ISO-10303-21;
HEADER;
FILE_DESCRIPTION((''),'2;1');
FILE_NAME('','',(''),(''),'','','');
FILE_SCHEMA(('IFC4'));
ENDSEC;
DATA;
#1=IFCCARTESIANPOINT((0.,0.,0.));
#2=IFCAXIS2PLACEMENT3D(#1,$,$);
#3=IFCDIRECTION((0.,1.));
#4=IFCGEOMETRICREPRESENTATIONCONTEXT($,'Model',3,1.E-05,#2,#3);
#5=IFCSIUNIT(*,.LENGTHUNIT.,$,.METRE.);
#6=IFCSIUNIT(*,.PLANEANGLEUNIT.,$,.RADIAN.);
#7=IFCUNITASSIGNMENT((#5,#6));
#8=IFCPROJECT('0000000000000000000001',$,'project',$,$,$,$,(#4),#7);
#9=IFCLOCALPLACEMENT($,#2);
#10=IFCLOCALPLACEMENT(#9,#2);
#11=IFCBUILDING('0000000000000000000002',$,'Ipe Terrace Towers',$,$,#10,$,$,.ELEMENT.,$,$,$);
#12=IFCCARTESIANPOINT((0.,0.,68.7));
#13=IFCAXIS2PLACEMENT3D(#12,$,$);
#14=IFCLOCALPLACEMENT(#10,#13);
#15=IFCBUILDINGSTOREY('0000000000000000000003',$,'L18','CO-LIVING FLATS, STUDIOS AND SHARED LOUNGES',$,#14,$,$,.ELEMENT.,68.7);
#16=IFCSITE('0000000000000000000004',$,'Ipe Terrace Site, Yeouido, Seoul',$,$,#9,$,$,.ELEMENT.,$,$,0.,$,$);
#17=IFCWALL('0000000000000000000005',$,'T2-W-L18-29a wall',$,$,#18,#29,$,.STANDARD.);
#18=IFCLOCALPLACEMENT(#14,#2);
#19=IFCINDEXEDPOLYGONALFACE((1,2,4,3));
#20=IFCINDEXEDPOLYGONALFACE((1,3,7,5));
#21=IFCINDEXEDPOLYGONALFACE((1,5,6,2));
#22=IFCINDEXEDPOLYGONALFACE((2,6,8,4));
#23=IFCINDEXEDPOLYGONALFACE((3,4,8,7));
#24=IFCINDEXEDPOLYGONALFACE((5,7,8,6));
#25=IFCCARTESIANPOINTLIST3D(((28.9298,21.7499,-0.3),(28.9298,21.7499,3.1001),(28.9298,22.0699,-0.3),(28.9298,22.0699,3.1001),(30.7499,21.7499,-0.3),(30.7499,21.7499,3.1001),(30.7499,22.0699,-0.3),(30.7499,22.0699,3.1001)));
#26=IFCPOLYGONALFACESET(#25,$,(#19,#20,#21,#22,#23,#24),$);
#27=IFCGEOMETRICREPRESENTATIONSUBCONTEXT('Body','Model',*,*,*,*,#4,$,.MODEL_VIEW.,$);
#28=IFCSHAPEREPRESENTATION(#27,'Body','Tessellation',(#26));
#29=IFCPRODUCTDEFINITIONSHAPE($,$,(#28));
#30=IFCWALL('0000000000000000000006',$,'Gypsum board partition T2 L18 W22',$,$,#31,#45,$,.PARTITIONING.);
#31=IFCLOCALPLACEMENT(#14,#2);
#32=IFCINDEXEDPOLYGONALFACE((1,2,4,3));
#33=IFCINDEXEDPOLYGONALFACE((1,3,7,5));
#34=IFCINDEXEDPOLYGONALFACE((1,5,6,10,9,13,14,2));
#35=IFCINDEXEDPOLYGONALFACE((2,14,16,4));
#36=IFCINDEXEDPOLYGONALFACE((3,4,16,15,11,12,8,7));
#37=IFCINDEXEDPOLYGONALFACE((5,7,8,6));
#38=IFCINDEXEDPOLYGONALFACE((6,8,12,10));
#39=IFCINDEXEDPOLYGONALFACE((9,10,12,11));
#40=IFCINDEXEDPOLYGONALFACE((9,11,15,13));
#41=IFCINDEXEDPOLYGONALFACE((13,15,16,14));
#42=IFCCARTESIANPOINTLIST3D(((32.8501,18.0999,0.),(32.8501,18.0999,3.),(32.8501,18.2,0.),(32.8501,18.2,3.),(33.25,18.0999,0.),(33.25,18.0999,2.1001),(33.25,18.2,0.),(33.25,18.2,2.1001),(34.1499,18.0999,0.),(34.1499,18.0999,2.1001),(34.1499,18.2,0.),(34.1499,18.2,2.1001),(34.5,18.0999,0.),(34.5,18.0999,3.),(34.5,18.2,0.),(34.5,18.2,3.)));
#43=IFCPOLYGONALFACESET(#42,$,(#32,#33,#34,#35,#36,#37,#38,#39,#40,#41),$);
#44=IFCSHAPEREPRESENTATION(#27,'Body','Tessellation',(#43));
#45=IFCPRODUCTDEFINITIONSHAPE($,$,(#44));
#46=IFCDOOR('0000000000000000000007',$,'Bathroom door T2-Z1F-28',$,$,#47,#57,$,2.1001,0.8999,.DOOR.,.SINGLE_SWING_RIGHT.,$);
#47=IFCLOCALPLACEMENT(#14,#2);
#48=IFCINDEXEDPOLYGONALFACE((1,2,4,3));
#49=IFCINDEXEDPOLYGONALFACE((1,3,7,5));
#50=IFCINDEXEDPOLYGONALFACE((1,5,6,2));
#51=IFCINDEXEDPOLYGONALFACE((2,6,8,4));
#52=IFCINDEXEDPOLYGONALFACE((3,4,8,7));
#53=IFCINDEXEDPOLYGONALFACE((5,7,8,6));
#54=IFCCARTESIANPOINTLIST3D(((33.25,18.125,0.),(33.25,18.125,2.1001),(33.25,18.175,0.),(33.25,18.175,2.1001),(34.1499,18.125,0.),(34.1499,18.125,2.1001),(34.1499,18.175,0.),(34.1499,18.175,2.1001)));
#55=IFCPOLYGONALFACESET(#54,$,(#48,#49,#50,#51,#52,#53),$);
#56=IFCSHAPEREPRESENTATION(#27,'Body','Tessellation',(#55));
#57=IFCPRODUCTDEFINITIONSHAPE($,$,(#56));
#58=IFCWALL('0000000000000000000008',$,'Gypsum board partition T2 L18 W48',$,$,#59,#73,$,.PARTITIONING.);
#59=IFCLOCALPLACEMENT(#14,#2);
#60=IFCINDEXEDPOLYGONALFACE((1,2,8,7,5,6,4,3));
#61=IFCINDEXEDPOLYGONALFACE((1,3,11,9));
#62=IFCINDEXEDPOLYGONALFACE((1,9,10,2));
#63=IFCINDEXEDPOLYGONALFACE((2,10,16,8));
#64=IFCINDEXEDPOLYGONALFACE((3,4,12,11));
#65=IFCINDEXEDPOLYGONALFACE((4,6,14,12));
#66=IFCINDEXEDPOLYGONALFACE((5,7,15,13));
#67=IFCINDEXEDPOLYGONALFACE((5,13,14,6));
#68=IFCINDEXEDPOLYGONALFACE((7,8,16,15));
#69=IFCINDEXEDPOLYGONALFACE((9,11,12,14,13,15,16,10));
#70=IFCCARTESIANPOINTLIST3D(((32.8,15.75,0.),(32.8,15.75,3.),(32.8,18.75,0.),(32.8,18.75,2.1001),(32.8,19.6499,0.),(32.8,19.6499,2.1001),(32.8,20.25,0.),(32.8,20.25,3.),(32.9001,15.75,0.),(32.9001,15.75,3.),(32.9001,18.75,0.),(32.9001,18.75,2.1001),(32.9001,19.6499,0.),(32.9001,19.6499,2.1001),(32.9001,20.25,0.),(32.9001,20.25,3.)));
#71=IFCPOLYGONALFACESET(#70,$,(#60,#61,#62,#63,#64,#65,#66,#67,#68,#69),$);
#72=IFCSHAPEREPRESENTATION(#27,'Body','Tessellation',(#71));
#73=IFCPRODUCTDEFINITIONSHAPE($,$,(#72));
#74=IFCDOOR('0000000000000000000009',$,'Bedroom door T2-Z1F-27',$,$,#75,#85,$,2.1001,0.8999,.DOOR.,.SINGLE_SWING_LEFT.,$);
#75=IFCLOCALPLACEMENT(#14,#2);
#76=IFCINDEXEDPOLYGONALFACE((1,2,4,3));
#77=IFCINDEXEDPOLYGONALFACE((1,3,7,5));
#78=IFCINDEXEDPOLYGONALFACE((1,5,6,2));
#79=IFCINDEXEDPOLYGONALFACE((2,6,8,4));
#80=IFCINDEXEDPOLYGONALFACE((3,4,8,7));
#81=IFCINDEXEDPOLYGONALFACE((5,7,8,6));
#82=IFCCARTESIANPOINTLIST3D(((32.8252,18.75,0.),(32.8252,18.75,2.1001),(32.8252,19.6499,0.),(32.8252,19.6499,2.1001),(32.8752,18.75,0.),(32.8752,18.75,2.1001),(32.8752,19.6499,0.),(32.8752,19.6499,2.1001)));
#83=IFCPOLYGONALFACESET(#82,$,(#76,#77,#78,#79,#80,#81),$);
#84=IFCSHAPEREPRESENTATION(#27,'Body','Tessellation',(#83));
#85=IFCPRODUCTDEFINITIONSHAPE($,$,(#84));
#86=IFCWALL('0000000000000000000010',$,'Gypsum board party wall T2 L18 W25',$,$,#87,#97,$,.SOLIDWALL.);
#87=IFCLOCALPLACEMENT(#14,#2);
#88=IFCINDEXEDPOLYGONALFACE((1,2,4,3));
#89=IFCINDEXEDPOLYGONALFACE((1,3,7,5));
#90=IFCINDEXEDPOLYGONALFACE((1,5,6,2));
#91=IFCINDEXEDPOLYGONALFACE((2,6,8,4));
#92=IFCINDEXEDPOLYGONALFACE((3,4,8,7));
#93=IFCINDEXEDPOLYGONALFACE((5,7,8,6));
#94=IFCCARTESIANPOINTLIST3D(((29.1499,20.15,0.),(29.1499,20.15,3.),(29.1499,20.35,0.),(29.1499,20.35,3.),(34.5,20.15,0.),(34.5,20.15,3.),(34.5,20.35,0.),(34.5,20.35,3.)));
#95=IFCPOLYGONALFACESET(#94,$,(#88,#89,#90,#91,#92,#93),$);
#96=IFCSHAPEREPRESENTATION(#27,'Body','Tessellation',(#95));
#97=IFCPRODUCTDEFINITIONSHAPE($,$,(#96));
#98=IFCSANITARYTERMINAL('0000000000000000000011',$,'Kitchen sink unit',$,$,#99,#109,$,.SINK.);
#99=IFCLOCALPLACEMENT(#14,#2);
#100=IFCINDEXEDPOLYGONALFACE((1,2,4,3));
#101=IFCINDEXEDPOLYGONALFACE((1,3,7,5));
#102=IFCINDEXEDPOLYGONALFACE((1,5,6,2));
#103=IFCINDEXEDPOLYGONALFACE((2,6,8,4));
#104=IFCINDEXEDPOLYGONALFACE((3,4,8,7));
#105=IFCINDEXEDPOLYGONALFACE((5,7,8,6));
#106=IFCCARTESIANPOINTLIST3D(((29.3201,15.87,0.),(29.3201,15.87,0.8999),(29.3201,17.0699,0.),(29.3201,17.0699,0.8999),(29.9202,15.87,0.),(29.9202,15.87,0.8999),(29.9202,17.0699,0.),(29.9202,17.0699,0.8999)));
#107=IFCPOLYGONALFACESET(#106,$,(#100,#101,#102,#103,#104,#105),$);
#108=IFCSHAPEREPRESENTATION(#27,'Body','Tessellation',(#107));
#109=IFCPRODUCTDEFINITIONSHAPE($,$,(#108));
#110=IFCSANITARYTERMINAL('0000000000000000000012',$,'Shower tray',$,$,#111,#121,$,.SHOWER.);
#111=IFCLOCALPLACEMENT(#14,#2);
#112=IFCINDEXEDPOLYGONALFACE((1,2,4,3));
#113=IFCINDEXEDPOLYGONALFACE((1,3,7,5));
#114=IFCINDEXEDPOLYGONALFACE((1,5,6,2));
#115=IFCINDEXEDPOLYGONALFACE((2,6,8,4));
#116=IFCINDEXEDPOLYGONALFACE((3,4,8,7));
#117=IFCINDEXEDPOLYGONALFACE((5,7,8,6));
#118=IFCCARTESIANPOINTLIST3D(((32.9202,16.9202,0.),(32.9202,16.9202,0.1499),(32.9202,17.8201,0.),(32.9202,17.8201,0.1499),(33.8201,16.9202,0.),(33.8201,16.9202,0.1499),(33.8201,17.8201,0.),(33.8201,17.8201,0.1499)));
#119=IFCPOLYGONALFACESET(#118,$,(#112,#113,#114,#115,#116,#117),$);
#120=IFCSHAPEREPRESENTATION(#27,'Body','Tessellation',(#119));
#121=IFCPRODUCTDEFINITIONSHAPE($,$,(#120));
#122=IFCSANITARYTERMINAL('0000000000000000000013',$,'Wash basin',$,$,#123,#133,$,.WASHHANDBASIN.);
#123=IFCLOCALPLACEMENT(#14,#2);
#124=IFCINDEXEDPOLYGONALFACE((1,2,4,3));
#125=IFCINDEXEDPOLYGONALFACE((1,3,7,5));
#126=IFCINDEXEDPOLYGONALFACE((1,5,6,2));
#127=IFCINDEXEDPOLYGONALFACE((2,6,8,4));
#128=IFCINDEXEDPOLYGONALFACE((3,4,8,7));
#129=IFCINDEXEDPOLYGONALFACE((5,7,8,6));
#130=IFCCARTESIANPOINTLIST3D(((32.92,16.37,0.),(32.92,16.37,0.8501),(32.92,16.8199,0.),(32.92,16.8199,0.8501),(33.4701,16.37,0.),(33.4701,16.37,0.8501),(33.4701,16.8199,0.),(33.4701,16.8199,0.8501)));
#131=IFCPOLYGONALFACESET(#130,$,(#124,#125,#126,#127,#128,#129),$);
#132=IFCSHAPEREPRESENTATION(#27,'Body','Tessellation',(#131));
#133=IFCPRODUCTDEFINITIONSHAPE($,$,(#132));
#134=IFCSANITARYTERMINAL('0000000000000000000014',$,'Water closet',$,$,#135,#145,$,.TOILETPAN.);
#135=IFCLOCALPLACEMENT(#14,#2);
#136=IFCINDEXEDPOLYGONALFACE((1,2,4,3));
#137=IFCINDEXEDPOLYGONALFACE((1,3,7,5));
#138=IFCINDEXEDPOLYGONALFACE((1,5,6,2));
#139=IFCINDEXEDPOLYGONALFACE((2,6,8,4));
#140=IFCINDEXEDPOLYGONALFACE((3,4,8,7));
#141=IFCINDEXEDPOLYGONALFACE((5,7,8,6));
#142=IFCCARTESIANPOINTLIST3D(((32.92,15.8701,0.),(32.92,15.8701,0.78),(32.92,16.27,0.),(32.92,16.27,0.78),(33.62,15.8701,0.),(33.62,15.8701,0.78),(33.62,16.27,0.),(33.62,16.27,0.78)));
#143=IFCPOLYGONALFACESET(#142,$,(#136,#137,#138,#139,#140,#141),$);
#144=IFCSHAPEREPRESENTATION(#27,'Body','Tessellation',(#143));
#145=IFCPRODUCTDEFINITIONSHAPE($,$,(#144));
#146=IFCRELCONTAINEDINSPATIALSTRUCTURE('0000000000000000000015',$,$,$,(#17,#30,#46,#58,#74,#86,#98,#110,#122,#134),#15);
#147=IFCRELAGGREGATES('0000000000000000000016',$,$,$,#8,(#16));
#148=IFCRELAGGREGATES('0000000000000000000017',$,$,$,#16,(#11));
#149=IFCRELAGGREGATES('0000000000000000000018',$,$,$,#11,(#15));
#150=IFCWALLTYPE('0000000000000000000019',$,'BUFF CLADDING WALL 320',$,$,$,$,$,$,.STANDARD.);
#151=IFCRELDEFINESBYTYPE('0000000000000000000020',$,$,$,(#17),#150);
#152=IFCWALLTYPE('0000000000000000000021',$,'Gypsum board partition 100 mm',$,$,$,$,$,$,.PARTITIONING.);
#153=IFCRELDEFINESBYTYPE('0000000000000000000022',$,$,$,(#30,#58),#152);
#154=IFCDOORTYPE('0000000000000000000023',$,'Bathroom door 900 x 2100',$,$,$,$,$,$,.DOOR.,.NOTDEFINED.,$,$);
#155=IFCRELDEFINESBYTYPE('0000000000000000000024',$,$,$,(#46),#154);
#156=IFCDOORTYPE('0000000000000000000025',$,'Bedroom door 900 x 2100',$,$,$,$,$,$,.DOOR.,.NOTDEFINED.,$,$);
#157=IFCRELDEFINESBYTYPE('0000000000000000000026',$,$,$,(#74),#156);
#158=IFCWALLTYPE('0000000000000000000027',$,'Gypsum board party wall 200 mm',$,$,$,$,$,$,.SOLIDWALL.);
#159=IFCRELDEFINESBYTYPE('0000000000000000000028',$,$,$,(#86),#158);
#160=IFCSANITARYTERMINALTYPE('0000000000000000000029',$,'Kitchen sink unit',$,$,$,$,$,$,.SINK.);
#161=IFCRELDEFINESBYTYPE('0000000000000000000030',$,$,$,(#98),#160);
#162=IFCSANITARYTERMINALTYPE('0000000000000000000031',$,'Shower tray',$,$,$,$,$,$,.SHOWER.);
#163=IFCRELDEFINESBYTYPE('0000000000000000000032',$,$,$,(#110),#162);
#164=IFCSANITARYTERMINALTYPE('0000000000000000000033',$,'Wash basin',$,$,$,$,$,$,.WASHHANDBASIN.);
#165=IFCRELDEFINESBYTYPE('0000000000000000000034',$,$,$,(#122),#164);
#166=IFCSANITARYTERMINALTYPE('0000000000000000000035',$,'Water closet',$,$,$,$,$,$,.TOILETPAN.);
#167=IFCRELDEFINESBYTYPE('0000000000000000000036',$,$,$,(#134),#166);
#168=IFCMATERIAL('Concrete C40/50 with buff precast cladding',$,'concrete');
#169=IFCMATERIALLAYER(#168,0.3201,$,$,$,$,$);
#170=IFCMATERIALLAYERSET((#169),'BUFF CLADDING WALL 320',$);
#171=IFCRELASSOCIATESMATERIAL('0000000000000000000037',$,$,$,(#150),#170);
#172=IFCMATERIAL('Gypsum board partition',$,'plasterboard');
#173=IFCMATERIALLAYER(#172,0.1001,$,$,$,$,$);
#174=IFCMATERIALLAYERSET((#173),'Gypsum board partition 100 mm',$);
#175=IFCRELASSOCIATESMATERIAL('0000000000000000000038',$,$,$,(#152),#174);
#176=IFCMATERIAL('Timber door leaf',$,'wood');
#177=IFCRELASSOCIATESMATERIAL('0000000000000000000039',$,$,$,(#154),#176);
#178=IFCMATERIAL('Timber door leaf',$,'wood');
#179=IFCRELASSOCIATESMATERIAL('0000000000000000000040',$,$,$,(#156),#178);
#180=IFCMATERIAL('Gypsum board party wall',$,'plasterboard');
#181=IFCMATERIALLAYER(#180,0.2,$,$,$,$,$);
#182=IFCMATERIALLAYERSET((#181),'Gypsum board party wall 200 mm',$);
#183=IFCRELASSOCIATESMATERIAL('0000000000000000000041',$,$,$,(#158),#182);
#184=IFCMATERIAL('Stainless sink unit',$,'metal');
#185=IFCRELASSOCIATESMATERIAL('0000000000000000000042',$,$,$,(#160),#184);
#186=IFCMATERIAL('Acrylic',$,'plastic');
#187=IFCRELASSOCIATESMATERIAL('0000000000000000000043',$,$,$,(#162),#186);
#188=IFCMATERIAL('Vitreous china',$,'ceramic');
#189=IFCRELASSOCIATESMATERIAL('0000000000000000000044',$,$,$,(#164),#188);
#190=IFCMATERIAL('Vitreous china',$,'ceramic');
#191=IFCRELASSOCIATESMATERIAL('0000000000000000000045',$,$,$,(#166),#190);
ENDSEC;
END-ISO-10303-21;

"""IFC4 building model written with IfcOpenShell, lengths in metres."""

from ifc_helpers import new_model, si_unit, direction, frame, frame_2d, origin, origin_2d, place, context, subcontext, project, spatial, rectangle, extrude, material, layer, layer_set, type_object, element, fill, save


model = new_model("IFC4")

# Units and contexts
model_context = context("Model", 3, precision=1e-05, world=origin(), true_north=direction((0.0, 1.0)))
body_context = subcontext(model_context, "Body", "Model", "MODEL_VIEW")
ifc_project = project(units=[si_unit("LENGTHUNIT", "METRE"), si_unit("PLANEANGLEUNIT", "RADIAN")], contexts=[model_context])

# Site, building, storey
site_placement = place(None, origin())
site = spatial("IfcSite", under=ifc_project, at=site_placement, Name="Ipe Terrace Site, Yeouido, Seoul", CompositionType="ELEMENT", RefElevation=0.0)
building_placement = place(site_placement, origin())
building = spatial("IfcBuilding", under=site, at=building_placement, Name="Ipe Terrace Towers", CompositionType="ELEMENT")
storey_placement = place(building_placement, frame((0.0, 0.0, 68.7)))
storey = spatial("IfcBuildingStorey", under=building, at=storey_placement, Name="L18", Description="CO-LIVING FLATS, STUDIOS AND SHARED LOUNGES", CompositionType="ELEMENT", Elevation=68.7)

# Wall
ifc_material_1 = material(Name="Concrete C40/50 with buff precast cladding", Category="concrete")
ifc_layer_1 = layer(ifc_material_1, 0.3201)
ifc_layer_set_1 = layer_set([ifc_layer_1], Name="BUFF CLADDING WALL 320")
wall_type_1 = type_object("IfcWallType", Name="BUFF CLADDING WALL 320", PredefinedType="STANDARD", material=ifc_layer_set_1)
wall_1_placement = place(storey_placement, frame((30.75, 21.9099, -0.3), z_axis=(0.0, 0.0, 1.0), x_axis=(-1.0, 0.0, 0.0)))
element("IfcWall", 1, at=wall_1_placement, inside=storey, type_object=wall_type_1, Name="T2-W-L18-29a wall", PredefinedType="STANDARD", context=body_context, shape_type="SweptSolid", body=[
    extrude(rectangle(XDim=1.8201, YDim=0.3201, at=frame_2d((0.9102, 0.0))), origin(), (0.0, 0.0, 1.0), 3.4001),
])

# Walls, openings, doors
ifc_material_2 = material(Name="Gypsum board partition", Category="plasterboard")
ifc_layer_2 = layer(ifc_material_2, 0.1001)
ifc_layer_set_2 = layer_set([ifc_layer_2], Name="Gypsum board partition 100 mm")
wall_type_2 = type_object("IfcWallType", Name="Gypsum board partition 100 mm", PredefinedType="PARTITIONING", material=ifc_layer_set_2)
wall_2_placement = place(storey_placement, frame((34.5, 18.1499, 0.0), z_axis=(0.0, 0.0, 1.0), x_axis=(-1.0, 0.0, 0.0)))
wall_2 = element("IfcWall", 2, at=wall_2_placement, inside=storey, type_object=wall_type_2, Name="Gypsum board partition T2 L18 W22", PredefinedType="PARTITIONING", context=body_context, shape_type="SweptSolid", body=[
    extrude(rectangle(XDim=1.6499, YDim=0.1001, at=frame_2d((0.825, 0.0))), origin(), (0.0, 0.0, 1.0), 3.0),
])
opening_1_placement = place(wall_2_placement, frame((0.3501, 0.0, 0.0)))
opening_1 = element("IfcOpeningElement", 3, at=opening_1_placement, cuts=wall_2, PredefinedType="OPENING", context=body_context, shape_type="SweptSolid", body=[
    extrude(rectangle(XDim=0.8999, YDim=2.1001, at=frame_2d((0.45, 1.05))), frame((0.0, 0.0601, 0.0), z_axis=(0.0, -1.0, 0.0), x_axis=(1.0, 0.0, 0.0)), (0.0, 0.0, 1.0), 0.1201),
])
ifc_material_3 = material(Name="Timber door leaf", Category="wood")
door_type_1 = type_object("IfcDoorType", Name="Bathroom door 900 x 2100", OperationType="NOTDEFINED", PredefinedType="DOOR", material=ifc_material_3)
door_1_placement = place(opening_1_placement, origin())
door_1 = element("IfcDoor", 4, at=door_1_placement, inside=storey, type_object=door_type_1, Name="Bathroom door T2-Z1F-28", OperationType="SINGLE_SWING_RIGHT", OverallHeight=2.1001, OverallWidth=0.8999, PredefinedType="DOOR", context=body_context, shape_type="SweptSolid", body=[
    extrude(rectangle(XDim=0.8999, YDim=2.1001, at=frame_2d((0.45, 1.05))), frame((0.0, 0.0249, 0.0), z_axis=(0.0, -1.0, 0.0), x_axis=(1.0, 0.0, 0.0)), (0.0, 0.0, 1.0), 0.05),
])
fill(opening_1, door_1)
wall_3_placement = place(storey_placement, frame((32.8501, 15.75, 0.0), z_axis=(0.0, 0.0, 1.0), x_axis=(0.0, 1.0, 0.0)))
wall_3 = element("IfcWall", 5, at=wall_3_placement, inside=storey, type_object=wall_type_2, Name="Gypsum board partition T2 L18 W48", PredefinedType="PARTITIONING", context=body_context, shape_type="SweptSolid", body=[
    extrude(rectangle(XDim=4.5, YDim=0.1001, at=frame_2d((2.25, 0.0))), origin(), (0.0, 0.0, 1.0), 3.0),
])
opening_2_placement = place(wall_3_placement, frame((3.0, 0.0, 0.0)))
opening_2 = element("IfcOpeningElement", 6, at=opening_2_placement, cuts=wall_3, PredefinedType="OPENING", context=body_context, shape_type="SweptSolid", body=[
    extrude(rectangle(XDim=0.8999, YDim=2.1001, at=frame_2d((0.45, 1.05))), frame((0.0, 0.0601, 0.0), z_axis=(0.0, -1.0, 0.0), x_axis=(1.0, 0.0, 0.0)), (0.0, 0.0, 1.0), 0.1201),
])
ifc_material_4 = material(Name="Timber door leaf", Category="wood")
door_type_2 = type_object("IfcDoorType", Name="Bedroom door 900 x 2100", OperationType="NOTDEFINED", PredefinedType="DOOR", material=ifc_material_4)
door_2_placement = place(opening_2_placement, origin())
door_2 = element("IfcDoor", 7, at=door_2_placement, inside=storey, type_object=door_type_2, Name="Bedroom door T2-Z1F-27", OperationType="SINGLE_SWING_LEFT", OverallHeight=2.1001, OverallWidth=0.8999, PredefinedType="DOOR", context=body_context, shape_type="SweptSolid", body=[
    extrude(rectangle(XDim=0.8999, YDim=2.1001, at=frame_2d((0.45, 1.05))), frame((0.0, 0.0249, 0.0), z_axis=(0.0, -1.0, 0.0), x_axis=(1.0, 0.0, 0.0)), (0.0, 0.0, 1.0), 0.05),
])
fill(opening_2, door_2)

# Wall
ifc_material_5 = material(Name="Gypsum board party wall", Category="plasterboard")
ifc_layer_3 = layer(ifc_material_5, 0.2)
ifc_layer_set_3 = layer_set([ifc_layer_3], Name="Gypsum board party wall 200 mm")
wall_type_3 = type_object("IfcWallType", Name="Gypsum board party wall 200 mm", PredefinedType="SOLIDWALL", material=ifc_layer_set_3)
wall_4_placement = place(storey_placement, frame((34.5, 20.25, 0.0), z_axis=(0.0, 0.0, 1.0), x_axis=(-1.0, 0.0, 0.0)))
element("IfcWall", 8, at=wall_4_placement, inside=storey, type_object=wall_type_3, Name="Gypsum board party wall T2 L18 W25", PredefinedType="SOLIDWALL", context=body_context, shape_type="SweptSolid", body=[
    extrude(rectangle(XDim=5.3501, YDim=0.2, at=frame_2d((2.675, 0.0))), origin(), (0.0, 0.0, 1.0), 3.0),
])

# Sanitary terminals
ifc_material_6 = material(Name="Stainless sink unit", Category="metal")
sanitary_terminal_type_1 = type_object("IfcSanitaryTerminalType", Name="Kitchen sink unit", PredefinedType="SINK", material=ifc_material_6)
sanitary_terminal_1_placement = place(storey_placement, frame((29.6201, 16.47, 0.0), z_axis=(0.0, 0.0, 1.0), x_axis=(0.0, 1.0, 0.0)))
element("IfcSanitaryTerminal", 9, at=sanitary_terminal_1_placement, inside=storey, type_object=sanitary_terminal_type_1, Name="Kitchen sink unit", PredefinedType="SINK", context=body_context, shape_type="SweptSolid", body=[
    extrude(rectangle(XDim=1.2, YDim=0.6001, at=origin_2d()), origin(), (0.0, 0.0, 1.0), 0.8999),
])
ifc_material_7 = material(Name="Acrylic", Category="plastic")
sanitary_terminal_type_2 = type_object("IfcSanitaryTerminalType", Name="Shower tray", PredefinedType="SHOWER", material=ifc_material_7)
sanitary_terminal_2_placement = place(storey_placement, frame((33.3701, 17.3701, 0.0), z_axis=(0.0, 0.0, 1.0), x_axis=(1.0, 0.0, 0.0)))
element("IfcSanitaryTerminal", 10, at=sanitary_terminal_2_placement, inside=storey, type_object=sanitary_terminal_type_2, Name="Shower tray", PredefinedType="SHOWER", context=body_context, shape_type="SweptSolid", body=[
    extrude(rectangle(XDim=0.8999, YDim=0.8999, at=origin_2d()), origin(), (0.0, 0.0, 1.0), 0.1499),
])
ifc_material_8 = material(Name="Vitreous china", Category="ceramic")
sanitary_terminal_type_3 = type_object("IfcSanitaryTerminalType", Name="Wash basin", PredefinedType="WASHHANDBASIN", material=ifc_material_8)
sanitary_terminal_3_placement = place(storey_placement, frame((33.1951, 16.595, 0.0), z_axis=(0.0, 0.0, 1.0), x_axis=(1.0, 0.0, 0.0)))
element("IfcSanitaryTerminal", 11, at=sanitary_terminal_3_placement, inside=storey, type_object=sanitary_terminal_type_3, Name="Wash basin", PredefinedType="WASHHANDBASIN", context=body_context, shape_type="SweptSolid", body=[
    extrude(rectangle(XDim=0.55, YDim=0.45, at=origin_2d()), origin(), (0.0, 0.0, 1.0), 0.8501),
])
ifc_material_9 = material(Name="Vitreous china", Category="ceramic")
sanitary_terminal_type_4 = type_object("IfcSanitaryTerminalType", Name="Water closet", PredefinedType="TOILETPAN", material=ifc_material_9)
sanitary_terminal_4_placement = place(storey_placement, frame((33.27, 16.0701, 0.0), z_axis=(0.0, 0.0, 1.0), x_axis=(1.0, 0.0, 0.0)))
element("IfcSanitaryTerminal", 12, at=sanitary_terminal_4_placement, inside=storey, type_object=sanitary_terminal_type_4, Name="Water closet", PredefinedType="TOILETPAN", context=body_context, shape_type="SweptSolid", body=[
    extrude(rectangle(XDim=0.7, YDim=0.3999, at=origin_2d()), origin(), (0.0, 0.0, 1.0), 0.78),
])

save(model, "model.ifc")
